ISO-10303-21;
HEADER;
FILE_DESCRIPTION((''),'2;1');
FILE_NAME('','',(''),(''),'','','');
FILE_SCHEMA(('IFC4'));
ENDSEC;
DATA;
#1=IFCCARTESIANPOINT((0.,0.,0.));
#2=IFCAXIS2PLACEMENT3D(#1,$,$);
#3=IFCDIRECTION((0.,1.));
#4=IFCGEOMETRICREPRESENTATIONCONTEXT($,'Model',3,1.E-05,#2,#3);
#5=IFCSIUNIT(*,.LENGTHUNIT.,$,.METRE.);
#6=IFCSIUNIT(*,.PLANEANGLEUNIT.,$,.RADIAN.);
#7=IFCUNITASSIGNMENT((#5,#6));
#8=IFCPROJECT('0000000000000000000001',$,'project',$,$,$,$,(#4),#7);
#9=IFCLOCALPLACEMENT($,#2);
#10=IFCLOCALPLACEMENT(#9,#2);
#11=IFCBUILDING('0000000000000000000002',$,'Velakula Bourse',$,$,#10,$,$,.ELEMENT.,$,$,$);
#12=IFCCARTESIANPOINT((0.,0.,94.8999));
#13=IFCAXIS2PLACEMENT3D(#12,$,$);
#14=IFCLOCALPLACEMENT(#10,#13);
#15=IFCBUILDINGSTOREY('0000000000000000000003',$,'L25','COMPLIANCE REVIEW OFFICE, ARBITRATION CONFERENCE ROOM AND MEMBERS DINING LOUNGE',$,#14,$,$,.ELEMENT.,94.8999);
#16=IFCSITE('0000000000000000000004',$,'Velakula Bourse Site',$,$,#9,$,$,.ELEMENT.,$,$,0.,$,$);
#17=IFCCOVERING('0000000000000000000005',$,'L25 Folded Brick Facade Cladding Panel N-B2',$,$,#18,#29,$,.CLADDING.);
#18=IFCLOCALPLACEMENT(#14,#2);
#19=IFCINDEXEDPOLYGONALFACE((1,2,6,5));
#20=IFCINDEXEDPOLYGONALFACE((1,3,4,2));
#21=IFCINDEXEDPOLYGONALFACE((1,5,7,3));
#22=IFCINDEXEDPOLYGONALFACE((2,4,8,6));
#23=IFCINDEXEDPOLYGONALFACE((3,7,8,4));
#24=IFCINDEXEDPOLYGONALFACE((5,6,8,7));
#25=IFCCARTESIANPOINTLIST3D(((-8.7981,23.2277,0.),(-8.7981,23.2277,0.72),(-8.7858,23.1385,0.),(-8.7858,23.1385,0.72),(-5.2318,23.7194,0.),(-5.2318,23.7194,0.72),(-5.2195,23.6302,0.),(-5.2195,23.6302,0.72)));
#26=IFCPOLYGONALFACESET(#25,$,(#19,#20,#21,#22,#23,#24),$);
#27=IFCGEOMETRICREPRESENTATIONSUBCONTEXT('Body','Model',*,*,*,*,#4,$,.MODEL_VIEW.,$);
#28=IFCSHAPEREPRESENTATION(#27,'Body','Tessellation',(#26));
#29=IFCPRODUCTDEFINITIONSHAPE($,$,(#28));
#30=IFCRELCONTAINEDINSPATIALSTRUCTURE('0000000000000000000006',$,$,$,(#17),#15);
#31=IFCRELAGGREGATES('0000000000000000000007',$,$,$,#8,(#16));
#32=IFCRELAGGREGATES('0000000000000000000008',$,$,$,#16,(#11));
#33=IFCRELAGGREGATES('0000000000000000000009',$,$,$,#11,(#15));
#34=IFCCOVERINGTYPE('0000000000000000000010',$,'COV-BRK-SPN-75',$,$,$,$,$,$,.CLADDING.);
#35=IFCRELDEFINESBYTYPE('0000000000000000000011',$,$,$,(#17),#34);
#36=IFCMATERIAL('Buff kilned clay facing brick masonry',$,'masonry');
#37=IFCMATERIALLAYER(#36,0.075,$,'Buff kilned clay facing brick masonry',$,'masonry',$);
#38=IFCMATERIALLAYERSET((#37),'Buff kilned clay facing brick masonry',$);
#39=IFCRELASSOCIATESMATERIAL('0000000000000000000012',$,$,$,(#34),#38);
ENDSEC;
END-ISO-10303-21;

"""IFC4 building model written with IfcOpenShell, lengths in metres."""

from ifc_helpers import new_model, si_unit, direction, frame, origin, origin_2d, place, context, subcontext, project, spatial, rectangle, extrude, material, layer, layer_set, type_object, element, save


model = new_model("IFC4")

# Units and contexts
model_context = context("Model", 3, precision=1e-05, world=origin(), true_north=direction((0.0, 1.0)))
body_context = subcontext(model_context, "Body", "Model", "MODEL_VIEW")
ifc_project = project(units=[si_unit("LENGTHUNIT", "METRE"), si_unit("PLANEANGLEUNIT", "RADIAN")], contexts=[model_context])

# Site, building, storey
site_placement = place(None, origin())
site = spatial("IfcSite", under=ifc_project, at=site_placement, Name="Velakula Bourse Site", CompositionType="ELEMENT", RefElevation=0.0)
building_placement = place(site_placement, origin())
building = spatial("IfcBuilding", under=site, at=building_placement, Name="Velakula Bourse", CompositionType="ELEMENT")
storey_placement = place(building_placement, frame((0.0, 0.0, 94.8999)))
storey = spatial("IfcBuildingStorey", under=building, at=storey_placement, Name="L25", Description="COMPLIANCE REVIEW OFFICE, ARBITRATION CONFERENCE ROOM AND MEMBERS DINING LOUNGE", CompositionType="ELEMENT", Elevation=94.8999)

# Covering
ifc_material_1 = material(Name="Buff kilned clay facing brick masonry", Category="masonry")
ifc_layer_1 = layer(ifc_material_1, 0.075, Name="Buff kilned clay facing brick masonry", Category="masonry")
ifc_layer_set_1 = layer_set([ifc_layer_1], Name="Buff kilned clay facing brick masonry")
covering_type = type_object("IfcCoveringType", Name="COV-BRK-SPN-75", PredefinedType="CLADDING", material=ifc_layer_set_1)
covering_placement = place(storey_placement, frame((-7.0088, 23.429, 0.0), z_axis=(0.0, 0.0, 1.0), x_axis=(0.990629, 0.13658, 0.0)))
element("IfcCovering", 1, at=covering_placement, inside=storey, type_object=covering_type, Name="L25 Folded Brick Facade Cladding Panel N-B2", PredefinedType="CLADDING", context=body_context, shape_type="SweptSolid", body=[
    extrude(rectangle(XDim=3.6001, YDim=0.0901, at=origin_2d()), origin(), (0.0, 0.0, 1.0), 0.72),
])

save(model, "model.ifc")
